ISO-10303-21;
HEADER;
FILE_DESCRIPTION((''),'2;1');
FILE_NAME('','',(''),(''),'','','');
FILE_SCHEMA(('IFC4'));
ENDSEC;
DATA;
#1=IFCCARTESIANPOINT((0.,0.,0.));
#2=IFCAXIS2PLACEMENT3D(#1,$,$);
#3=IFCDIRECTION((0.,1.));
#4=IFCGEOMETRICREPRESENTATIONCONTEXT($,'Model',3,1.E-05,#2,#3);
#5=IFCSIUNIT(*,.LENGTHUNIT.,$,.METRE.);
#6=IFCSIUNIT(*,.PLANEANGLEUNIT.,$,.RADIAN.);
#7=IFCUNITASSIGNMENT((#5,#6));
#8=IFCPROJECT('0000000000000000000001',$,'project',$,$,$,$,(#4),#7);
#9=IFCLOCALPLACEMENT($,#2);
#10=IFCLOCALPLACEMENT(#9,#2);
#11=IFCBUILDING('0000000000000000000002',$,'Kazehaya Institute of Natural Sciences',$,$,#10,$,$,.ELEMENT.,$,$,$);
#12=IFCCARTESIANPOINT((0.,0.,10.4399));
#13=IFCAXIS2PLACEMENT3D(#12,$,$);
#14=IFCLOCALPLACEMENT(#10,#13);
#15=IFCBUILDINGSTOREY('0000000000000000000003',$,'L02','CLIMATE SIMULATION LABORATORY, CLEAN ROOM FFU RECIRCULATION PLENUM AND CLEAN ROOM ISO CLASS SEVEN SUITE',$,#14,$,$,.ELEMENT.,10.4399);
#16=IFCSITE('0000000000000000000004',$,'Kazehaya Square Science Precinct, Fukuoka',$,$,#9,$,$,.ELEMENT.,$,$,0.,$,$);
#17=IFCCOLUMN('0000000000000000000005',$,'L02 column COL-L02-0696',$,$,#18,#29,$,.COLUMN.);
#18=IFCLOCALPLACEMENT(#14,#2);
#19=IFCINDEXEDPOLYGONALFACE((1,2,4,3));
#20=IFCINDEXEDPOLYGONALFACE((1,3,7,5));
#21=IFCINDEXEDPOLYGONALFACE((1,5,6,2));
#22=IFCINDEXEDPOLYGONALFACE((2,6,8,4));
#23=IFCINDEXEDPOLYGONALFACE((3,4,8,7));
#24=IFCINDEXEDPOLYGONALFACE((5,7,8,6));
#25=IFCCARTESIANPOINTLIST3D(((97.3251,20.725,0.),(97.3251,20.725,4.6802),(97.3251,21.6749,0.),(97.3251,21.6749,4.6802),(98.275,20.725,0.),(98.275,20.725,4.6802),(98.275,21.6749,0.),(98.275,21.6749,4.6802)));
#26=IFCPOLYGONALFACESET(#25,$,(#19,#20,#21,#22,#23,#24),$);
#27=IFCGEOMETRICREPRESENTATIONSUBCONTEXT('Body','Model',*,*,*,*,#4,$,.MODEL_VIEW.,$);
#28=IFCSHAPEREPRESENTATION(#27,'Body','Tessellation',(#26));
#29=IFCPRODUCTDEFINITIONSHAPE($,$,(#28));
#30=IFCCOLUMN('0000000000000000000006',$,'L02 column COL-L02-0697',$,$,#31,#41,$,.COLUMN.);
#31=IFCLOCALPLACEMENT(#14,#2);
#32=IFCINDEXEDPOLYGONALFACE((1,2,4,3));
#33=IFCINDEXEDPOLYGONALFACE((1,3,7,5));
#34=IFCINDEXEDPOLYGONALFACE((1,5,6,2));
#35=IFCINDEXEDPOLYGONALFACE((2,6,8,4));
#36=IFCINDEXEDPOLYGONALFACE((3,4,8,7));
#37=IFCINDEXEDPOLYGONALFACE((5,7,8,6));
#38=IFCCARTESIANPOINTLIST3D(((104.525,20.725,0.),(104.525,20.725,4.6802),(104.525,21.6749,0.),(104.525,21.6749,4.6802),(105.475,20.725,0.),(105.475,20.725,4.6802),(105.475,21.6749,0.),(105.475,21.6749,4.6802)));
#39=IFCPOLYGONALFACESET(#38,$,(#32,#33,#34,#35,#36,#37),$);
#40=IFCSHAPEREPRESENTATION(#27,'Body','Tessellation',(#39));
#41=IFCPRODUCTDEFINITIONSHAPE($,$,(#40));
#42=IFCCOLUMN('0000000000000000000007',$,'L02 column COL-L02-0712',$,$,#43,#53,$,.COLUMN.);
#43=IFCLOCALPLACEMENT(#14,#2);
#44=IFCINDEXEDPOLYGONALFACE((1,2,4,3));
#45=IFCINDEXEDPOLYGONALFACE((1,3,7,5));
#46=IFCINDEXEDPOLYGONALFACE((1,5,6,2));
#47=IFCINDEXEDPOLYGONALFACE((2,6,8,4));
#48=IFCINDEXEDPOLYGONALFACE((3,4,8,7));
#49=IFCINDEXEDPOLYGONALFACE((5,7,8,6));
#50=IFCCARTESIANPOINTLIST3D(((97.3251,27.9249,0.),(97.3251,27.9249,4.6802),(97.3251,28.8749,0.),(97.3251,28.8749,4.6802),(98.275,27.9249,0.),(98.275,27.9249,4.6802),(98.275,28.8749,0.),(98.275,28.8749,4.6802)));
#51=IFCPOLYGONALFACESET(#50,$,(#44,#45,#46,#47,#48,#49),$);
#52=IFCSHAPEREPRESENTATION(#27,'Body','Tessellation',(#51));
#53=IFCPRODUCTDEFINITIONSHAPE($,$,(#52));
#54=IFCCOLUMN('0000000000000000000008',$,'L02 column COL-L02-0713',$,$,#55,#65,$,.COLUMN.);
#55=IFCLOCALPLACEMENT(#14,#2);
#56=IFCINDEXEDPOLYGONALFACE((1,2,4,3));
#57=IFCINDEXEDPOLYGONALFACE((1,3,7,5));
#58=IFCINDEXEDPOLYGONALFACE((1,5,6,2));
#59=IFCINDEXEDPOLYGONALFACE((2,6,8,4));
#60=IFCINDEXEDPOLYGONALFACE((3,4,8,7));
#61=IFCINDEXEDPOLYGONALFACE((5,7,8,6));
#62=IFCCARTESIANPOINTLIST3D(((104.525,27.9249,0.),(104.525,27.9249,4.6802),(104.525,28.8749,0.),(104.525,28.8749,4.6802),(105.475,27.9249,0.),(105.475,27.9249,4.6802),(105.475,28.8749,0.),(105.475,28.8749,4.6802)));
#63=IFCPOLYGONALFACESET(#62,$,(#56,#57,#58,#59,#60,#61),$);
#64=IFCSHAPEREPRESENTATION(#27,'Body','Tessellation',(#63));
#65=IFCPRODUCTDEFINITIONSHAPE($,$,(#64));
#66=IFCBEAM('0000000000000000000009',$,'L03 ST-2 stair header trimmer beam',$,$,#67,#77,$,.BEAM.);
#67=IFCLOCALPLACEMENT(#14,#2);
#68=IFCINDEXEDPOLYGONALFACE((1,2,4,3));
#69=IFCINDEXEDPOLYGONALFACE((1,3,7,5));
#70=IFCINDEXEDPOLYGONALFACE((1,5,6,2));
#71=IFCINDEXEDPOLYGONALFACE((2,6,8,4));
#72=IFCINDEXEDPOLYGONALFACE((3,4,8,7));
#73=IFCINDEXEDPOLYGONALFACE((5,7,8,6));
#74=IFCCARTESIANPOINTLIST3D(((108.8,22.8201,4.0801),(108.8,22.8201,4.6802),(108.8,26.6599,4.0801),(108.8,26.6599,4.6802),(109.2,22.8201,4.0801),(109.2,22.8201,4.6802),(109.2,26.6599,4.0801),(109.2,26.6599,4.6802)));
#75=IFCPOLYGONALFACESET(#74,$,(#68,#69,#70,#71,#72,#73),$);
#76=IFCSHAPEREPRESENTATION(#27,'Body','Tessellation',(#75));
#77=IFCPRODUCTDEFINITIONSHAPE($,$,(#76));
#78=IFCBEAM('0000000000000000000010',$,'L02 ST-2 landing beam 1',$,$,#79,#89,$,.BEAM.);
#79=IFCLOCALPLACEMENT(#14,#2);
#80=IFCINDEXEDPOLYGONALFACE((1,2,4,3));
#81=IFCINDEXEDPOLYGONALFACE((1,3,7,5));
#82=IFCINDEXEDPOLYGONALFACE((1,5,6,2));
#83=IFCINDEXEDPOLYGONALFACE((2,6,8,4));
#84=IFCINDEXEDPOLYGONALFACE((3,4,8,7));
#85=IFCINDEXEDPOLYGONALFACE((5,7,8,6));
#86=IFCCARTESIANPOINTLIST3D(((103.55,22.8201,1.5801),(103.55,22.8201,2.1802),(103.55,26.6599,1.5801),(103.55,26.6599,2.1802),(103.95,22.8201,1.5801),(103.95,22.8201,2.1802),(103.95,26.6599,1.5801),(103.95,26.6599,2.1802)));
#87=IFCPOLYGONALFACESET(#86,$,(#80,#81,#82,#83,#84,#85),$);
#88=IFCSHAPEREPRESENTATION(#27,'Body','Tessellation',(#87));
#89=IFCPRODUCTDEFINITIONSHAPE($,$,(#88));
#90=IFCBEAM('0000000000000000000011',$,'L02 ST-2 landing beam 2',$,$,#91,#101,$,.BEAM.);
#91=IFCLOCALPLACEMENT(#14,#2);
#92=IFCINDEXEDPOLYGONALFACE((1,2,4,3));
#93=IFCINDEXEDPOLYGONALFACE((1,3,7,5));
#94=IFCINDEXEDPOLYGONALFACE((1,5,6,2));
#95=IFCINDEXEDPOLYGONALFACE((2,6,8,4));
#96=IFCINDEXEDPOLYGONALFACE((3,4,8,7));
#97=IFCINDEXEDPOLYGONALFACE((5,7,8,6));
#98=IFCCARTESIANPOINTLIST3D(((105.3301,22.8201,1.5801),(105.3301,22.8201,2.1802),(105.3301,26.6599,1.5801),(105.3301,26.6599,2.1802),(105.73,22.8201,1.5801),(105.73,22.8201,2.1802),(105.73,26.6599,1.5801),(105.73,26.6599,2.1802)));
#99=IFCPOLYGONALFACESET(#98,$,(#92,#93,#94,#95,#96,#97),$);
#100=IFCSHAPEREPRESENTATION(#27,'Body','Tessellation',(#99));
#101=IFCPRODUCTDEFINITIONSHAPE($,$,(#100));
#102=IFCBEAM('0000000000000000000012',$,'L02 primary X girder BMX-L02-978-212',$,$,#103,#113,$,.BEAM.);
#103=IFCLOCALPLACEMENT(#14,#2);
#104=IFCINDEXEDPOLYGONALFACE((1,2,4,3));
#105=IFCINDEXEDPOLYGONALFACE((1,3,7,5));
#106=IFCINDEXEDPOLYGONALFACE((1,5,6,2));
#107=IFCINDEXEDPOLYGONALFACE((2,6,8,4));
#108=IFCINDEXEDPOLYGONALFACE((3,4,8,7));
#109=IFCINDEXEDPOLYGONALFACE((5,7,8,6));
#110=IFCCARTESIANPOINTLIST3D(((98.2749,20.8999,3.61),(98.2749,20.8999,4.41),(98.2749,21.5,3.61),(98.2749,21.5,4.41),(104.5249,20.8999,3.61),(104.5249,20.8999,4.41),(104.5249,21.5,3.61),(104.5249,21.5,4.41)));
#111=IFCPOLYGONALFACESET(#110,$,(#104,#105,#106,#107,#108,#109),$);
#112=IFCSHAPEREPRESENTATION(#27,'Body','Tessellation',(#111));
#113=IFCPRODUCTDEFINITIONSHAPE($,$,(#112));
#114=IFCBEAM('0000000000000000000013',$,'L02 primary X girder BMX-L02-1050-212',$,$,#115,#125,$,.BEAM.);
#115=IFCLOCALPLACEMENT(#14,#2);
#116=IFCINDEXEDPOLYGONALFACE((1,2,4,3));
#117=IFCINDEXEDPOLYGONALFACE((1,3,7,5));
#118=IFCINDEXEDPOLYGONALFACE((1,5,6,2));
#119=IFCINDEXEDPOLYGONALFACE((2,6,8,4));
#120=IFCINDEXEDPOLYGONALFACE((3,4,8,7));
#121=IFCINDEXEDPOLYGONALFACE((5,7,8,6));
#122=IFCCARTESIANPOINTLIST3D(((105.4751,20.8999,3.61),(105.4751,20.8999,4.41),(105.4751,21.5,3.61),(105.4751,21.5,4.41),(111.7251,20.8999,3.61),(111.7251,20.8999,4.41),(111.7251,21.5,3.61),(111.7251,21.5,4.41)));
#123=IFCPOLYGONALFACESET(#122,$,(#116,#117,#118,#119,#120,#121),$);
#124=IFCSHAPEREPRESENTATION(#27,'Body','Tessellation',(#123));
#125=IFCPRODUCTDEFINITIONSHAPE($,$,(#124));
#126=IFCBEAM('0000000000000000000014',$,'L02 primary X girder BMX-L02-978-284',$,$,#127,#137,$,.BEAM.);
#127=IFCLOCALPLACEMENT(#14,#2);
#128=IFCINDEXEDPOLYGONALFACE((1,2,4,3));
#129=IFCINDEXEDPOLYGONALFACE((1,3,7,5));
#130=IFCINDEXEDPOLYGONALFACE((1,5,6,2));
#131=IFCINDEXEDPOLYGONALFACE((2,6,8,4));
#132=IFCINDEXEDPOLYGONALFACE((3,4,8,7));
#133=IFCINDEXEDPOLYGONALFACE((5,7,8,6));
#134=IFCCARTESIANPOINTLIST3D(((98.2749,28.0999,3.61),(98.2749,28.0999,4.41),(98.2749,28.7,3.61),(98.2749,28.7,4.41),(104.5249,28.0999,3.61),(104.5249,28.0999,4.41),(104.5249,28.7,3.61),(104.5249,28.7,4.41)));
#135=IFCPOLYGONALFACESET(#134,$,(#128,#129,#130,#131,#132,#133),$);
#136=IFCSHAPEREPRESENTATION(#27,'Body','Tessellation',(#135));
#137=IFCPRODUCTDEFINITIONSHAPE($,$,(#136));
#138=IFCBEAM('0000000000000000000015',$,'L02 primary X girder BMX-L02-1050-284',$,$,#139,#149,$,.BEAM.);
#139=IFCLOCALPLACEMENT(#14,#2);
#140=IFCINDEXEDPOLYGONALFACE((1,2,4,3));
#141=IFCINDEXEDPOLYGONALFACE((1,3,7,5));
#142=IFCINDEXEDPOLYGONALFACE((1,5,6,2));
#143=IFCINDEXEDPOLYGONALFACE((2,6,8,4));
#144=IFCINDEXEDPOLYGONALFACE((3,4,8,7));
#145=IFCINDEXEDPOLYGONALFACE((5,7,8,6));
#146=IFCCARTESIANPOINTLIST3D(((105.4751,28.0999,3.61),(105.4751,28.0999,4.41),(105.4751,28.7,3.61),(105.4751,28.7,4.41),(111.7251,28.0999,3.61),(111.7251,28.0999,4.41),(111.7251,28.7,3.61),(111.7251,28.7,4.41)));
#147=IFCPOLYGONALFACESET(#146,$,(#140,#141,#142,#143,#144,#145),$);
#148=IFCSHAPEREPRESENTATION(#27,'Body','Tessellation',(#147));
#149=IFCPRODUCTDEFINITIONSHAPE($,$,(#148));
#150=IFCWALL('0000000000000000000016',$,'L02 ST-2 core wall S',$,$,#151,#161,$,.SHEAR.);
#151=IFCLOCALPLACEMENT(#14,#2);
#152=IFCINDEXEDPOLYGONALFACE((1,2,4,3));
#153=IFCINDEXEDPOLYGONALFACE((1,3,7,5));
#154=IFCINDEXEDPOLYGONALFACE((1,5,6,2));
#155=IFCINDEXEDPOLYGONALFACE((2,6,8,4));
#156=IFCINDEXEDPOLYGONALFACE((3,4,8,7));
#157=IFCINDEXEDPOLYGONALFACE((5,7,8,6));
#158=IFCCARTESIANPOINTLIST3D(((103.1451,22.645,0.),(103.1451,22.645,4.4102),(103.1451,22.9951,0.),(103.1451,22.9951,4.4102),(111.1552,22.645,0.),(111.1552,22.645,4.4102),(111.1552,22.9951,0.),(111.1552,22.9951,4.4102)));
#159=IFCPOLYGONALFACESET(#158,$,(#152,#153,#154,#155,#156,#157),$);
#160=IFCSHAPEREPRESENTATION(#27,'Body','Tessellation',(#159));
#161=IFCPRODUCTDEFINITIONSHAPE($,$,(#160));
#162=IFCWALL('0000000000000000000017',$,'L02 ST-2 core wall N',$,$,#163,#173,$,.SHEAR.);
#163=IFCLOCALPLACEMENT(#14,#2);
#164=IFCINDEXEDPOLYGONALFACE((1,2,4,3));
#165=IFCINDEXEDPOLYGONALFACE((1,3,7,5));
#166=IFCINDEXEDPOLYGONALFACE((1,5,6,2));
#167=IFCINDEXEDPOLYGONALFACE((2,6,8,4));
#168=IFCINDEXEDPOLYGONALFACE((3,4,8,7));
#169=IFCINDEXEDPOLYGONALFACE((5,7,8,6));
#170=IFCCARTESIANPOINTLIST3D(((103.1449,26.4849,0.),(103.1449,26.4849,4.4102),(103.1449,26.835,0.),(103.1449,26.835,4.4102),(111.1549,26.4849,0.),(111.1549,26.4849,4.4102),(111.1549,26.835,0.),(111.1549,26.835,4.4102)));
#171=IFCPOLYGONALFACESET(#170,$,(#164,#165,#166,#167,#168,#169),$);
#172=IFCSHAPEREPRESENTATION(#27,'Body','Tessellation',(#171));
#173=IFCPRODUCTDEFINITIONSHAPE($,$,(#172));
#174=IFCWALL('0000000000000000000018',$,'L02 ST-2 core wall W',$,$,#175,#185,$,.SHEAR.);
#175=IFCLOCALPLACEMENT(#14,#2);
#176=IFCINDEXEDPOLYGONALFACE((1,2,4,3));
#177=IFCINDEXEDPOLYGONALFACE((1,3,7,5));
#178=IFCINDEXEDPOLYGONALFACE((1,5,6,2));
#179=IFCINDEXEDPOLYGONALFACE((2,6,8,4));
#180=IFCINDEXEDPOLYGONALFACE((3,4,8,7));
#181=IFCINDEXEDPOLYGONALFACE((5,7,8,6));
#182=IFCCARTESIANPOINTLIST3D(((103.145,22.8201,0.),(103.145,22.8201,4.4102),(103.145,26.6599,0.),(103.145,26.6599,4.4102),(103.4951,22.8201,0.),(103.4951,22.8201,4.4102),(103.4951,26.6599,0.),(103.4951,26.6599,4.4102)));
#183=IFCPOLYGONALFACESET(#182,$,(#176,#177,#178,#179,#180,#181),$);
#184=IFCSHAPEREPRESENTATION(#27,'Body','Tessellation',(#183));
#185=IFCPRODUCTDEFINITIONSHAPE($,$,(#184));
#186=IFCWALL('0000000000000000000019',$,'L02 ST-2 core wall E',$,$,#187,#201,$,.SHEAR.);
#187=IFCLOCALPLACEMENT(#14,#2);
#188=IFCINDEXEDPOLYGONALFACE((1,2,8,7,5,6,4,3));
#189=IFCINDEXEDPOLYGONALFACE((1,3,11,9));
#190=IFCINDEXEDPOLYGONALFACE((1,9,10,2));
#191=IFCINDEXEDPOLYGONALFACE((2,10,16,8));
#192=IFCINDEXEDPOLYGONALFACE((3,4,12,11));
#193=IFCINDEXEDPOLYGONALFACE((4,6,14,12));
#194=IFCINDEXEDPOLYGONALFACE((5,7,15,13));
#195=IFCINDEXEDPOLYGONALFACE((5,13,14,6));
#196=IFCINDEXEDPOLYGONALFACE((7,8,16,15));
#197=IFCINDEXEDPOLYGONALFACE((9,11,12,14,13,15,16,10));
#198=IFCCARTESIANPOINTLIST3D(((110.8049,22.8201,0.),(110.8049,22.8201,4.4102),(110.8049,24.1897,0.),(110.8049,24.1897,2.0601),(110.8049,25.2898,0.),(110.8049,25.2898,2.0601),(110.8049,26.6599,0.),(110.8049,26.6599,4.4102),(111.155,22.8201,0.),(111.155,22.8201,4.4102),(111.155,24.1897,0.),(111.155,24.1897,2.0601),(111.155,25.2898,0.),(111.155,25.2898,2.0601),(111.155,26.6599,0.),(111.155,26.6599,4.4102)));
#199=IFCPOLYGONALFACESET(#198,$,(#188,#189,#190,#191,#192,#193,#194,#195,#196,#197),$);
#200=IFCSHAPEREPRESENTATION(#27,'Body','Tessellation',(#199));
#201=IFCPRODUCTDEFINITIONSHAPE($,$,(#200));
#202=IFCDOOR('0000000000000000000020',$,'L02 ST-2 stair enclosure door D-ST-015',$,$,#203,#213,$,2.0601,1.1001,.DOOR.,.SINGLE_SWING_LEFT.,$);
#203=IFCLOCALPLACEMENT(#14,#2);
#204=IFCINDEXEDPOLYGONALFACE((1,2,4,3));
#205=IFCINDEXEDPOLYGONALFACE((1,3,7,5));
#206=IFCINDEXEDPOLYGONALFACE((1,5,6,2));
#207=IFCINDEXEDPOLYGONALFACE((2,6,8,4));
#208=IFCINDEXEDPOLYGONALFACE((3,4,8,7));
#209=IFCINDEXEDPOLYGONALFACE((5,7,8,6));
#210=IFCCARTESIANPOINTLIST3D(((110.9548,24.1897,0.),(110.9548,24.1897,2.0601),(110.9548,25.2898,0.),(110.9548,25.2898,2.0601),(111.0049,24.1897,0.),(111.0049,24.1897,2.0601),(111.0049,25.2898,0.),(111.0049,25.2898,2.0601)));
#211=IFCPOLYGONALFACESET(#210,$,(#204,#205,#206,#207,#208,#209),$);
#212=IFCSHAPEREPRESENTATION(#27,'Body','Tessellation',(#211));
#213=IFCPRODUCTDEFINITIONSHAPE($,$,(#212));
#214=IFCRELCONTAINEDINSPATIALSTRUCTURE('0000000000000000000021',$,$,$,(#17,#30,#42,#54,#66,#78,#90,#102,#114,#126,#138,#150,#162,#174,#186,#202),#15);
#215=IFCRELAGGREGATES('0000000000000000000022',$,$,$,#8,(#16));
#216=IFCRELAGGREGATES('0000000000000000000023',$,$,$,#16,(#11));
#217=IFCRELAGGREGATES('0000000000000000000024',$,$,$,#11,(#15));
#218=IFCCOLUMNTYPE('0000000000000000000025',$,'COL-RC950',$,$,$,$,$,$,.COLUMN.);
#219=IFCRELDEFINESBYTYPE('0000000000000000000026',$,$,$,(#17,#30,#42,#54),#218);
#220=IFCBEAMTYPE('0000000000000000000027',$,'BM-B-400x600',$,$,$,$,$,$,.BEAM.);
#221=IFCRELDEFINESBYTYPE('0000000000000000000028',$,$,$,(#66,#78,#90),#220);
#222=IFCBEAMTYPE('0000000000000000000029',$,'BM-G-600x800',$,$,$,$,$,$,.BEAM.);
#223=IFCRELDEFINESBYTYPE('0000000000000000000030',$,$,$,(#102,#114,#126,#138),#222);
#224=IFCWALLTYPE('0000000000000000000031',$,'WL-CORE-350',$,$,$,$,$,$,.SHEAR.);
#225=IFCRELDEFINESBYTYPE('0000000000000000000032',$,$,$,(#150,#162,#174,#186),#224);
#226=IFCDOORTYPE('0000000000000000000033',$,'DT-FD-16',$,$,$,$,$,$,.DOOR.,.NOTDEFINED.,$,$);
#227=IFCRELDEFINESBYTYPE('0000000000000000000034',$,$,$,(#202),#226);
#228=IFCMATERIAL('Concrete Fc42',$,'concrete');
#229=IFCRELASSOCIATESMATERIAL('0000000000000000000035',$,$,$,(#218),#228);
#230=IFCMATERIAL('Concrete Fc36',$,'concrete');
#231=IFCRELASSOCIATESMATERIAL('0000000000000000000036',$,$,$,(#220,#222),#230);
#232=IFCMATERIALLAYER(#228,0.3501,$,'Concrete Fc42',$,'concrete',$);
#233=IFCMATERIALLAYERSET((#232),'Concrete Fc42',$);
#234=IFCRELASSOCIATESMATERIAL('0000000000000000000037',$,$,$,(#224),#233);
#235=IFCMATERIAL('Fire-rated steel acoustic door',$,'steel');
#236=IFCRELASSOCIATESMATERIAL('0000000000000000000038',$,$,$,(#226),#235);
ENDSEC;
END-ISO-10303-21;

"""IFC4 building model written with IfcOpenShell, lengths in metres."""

from ifc_helpers import new_model, si_unit, direction, frame, frame_2d, origin, origin_2d, place, context, subcontext, project, spatial, rectangle, extrude, material, layer, layer_set, material_profile, profile_set, type_object, element, fill, save


model = new_model("IFC4")

# Units and contexts
model_context = context("Model", 3, precision=1e-05, world=origin(), true_north=direction((0.0, 1.0)))
body_context = subcontext(model_context, "Body", "Model", "MODEL_VIEW")
ifc_project = project(units=[si_unit("LENGTHUNIT", "METRE"), si_unit("PLANEANGLEUNIT", "RADIAN")], contexts=[model_context])

# Site, building, storey
site_placement = place(None, origin())
site = spatial("IfcSite", under=ifc_project, at=site_placement, Name="Kazehaya Square Science Precinct, Fukuoka", CompositionType="ELEMENT", RefElevation=0.0)
building_placement = place(site_placement, origin())
building = spatial("IfcBuilding", under=site, at=building_placement, Name="Kazehaya Institute of Natural Sciences", CompositionType="ELEMENT")
storey_placement = place(building_placement, frame((0.0, 0.0, 10.4399)))
storey = spatial("IfcBuildingStorey", under=building, at=storey_placement, Name="L02", Description="CLIMATE SIMULATION LABORATORY, CLEAN ROOM FFU RECIRCULATION PLENUM AND CLEAN ROOM ISO CLASS SEVEN SUITE", CompositionType="ELEMENT", Elevation=10.4399)

# Columns
ifc_material_1 = material(Name="Concrete Fc42", Category="concrete")
ifc_material_profile_1 = material_profile(ifc_material_1, rectangle(XDim=0.95, YDim=0.95, at=origin_2d()), Name="RC-950x950")
ifc_profile_set_1 = profile_set([ifc_material_profile_1], Name="Concrete Fc42")
column_type = type_object("IfcColumnType", Name="COL-RC950", PredefinedType="COLUMN", material=ifc_profile_set_1)
for number, where, z_axis, x_axis, name in (
    (1, (97.8, 21.2, 0.0), (0.0, 0.0, 1.0), (1.0, 0.0, 0.0), "L02 column COL-L02-0696"),
    (2, (105.0, 21.2, 0.0), (0.0, 0.0, 1.0), (1.0, 0.0, 0.0), "L02 column COL-L02-0697"),
    (3, (97.8, 28.3999, 0.0), (0.0, 0.0, 1.0), (1.0, 0.0, 0.0), "L02 column COL-L02-0712"),
    (4, (105.0, 28.3999, 0.0), (0.0, 0.0, 1.0), (1.0, 0.0, 0.0), "L02 column COL-L02-0713"),
):
    element("IfcColumn", number, at=place(storey_placement, frame(where, z_axis=z_axis, x_axis=x_axis)), inside=storey, type_object=column_type, Name=name, PredefinedType="COLUMN", context=body_context, shape_type="SweptSolid", body=[
        extrude(rectangle(XDim=0.95, YDim=0.95, at=origin_2d()), origin(), (0.0, 0.0, 1.0), 4.6802),
    ])

# Beams
ifc_material_2 = material(Name="Concrete Fc36", Category="concrete")
ifc_material_profile_2 = material_profile(ifc_material_2, rectangle(XDim=0.3999, YDim=0.6001, at=origin_2d()), Name="RC-400x600")
ifc_profile_set_2 = profile_set([ifc_material_profile_2], Name="Concrete Fc36")
beam_type_1 = type_object("IfcBeamType", Name="BM-B-400x600", PredefinedType="BEAM", material=ifc_profile_set_2)
for number, where, z_axis, x_axis, name in (
    (5, (109.0, 22.8201, 4.3801), (0.0, 1.0, 0.0), (-1.0, 0.0, 0.0), "L03 ST-2 stair header trimmer beam"),
    (6, (103.75, 22.8201, 1.8801), (0.0, 1.0, 0.0), (-1.0, 0.0, 0.0), "L02 ST-2 landing beam 1"),
    (7, (105.53, 22.8201, 1.8801), (0.0, 1.0, 0.0), (-1.0, 0.0, 0.0), "L02 ST-2 landing beam 2"),
):
    element("IfcBeam", number, at=place(storey_placement, frame(where, z_axis=z_axis, x_axis=x_axis)), inside=storey, type_object=beam_type_1, Name=name, PredefinedType="BEAM", context=body_context, shape_type="SweptSolid", body=[
        extrude(rectangle(XDim=0.3999, YDim=0.6001, at=origin_2d()), origin(), (0.0, 0.0, 1.0), 3.8398),
    ])
ifc_material_profile_3 = material_profile(ifc_material_2, rectangle(XDim=0.6001, YDim=0.8, at=origin_2d()), Name="RC-600x800")
ifc_profile_set_3 = profile_set([ifc_material_profile_3], Name="Concrete Fc36")
beam_type_2 = type_object("IfcBeamType", Name="BM-G-600x800", PredefinedType="BEAM", material=ifc_profile_set_3)
for number, where, z_axis, x_axis, name in (
    (8, (98.2749, 21.2, 4.01), (1.0, 0.0, 0.0), (0.0, 1.0, 0.0), "L02 primary X girder BMX-L02-978-212"),
    (9, (105.4751, 21.2, 4.01), (1.0, 0.0, 0.0), (0.0, 1.0, 0.0), "L02 primary X girder BMX-L02-1050-212"),
    (10, (98.2749, 28.3999, 4.01), (1.0, 0.0, 0.0), (0.0, 1.0, 0.0), "L02 primary X girder BMX-L02-978-284"),
    (11, (105.4751, 28.3999, 4.01), (1.0, 0.0, 0.0), (0.0, 1.0, 0.0), "L02 primary X girder BMX-L02-1050-284"),
):
    element("IfcBeam", number, at=place(storey_placement, frame(where, z_axis=z_axis, x_axis=x_axis)), inside=storey, type_object=beam_type_2, Name=name, PredefinedType="BEAM", context=body_context, shape_type="SweptSolid", body=[
        extrude(rectangle(XDim=0.6001, YDim=0.8, at=origin_2d()), origin(), (0.0, 0.0, 1.0), 6.25),
    ])

# Walls
ifc_layer_1 = layer(ifc_material_1, 0.3501, Name="Concrete Fc42", Category="concrete")
ifc_layer_set_1 = layer_set([ifc_layer_1], Name="Concrete Fc42")
wall_type_1 = type_object("IfcWallType", Name="WL-CORE-350", PredefinedType="SHEAR", material=ifc_layer_set_1)
for number, where, z_axis, x_axis, name in (
    (12, (111.155, 22.8201, 0.0), (0.0, 0.0, 1.0), (-1.0, 0.0, 0.0), "L02 ST-2 core wall S"),
    (13, (103.145, 26.6599, 0.0), (0.0, 0.0, 1.0), (1.0, 0.0, 0.0), "L02 ST-2 core wall N"),
):
    element("IfcWall", number, at=place(storey_placement, frame(where, z_axis=z_axis, x_axis=x_axis)), inside=storey, type_object=wall_type_1, Name=name, PredefinedType="SHEAR", context=body_context, shape_type="SweptSolid", body=[
        extrude(rectangle(XDim=8.01, YDim=0.3501, at=frame_2d((4.0049, 0.0))), origin(), (0.0, 0.0, 1.0), 4.4102),
    ])
wall_1_placement = place(storey_placement, frame((103.3201, 22.8201, 0.0), z_axis=(0.0, 0.0, 1.0), x_axis=(0.0, 1.0, 0.0)))
element("IfcWall", 14, at=wall_1_placement, inside=storey, type_object=wall_type_1, Name="L02 ST-2 core wall W", PredefinedType="SHEAR", context=body_context, shape_type="SweptSolid", body=[
    extrude(rectangle(XDim=3.8398, YDim=0.3501, at=frame_2d((1.9199, 0.0))), origin(), (0.0, 0.0, 1.0), 4.4102),
])

# Wall, opening, door
wall_2_placement = place(storey_placement, frame((110.98, 26.6599, 0.0), z_axis=(0.0, 0.0, 1.0), x_axis=(0.0, -1.0, 0.0)))
wall_2 = element("IfcWall", 15, at=wall_2_placement, inside=storey, type_object=wall_type_1, Name="L02 ST-2 core wall E", PredefinedType="SHEAR", context=body_context, shape_type="SweptSolid", body=[
    extrude(rectangle(XDim=3.8398, YDim=0.3501, at=frame_2d((1.9199, 0.0))), origin(), (0.0, 0.0, 1.0), 4.4102),
])
opening_1_placement = place(wall_2_placement, frame((1.3701, 0.0, 0.0)))
opening_1 = element("IfcOpeningElement", 16, at=opening_1_placement, cuts=wall_2, PredefinedType="OPENING", context=body_context, shape_type="SweptSolid", body=[
    extrude(rectangle(XDim=1.1001, YDim=2.0601, at=frame_2d((0.55, 1.03))), frame((0.0, 0.1851, 0.0), z_axis=(0.0, -1.0, 0.0), x_axis=(1.0, 0.0, 0.0)), (0.0, 0.0, 1.0), 0.3701),
])
ifc_material_3 = material(Name="Fire-rated steel acoustic door", Category="steel")
door_type_1 = type_object("IfcDoorType", Name="DT-FD-16", OperationType="NOTDEFINED", PredefinedType="DOOR", material=ifc_material_3)
door_1_placement = place(opening_1_placement, origin())
door_1 = element("IfcDoor", 17, at=door_1_placement, inside=storey, type_object=door_type_1, Name="L02 ST-2 stair enclosure door D-ST-015", OperationType="SINGLE_SWING_LEFT", OverallHeight=2.0601, OverallWidth=1.1001, PredefinedType="DOOR", context=body_context, shape_type="SweptSolid", body=[
    extrude(rectangle(XDim=1.1001, YDim=2.0601, at=frame_2d((0.55, 1.03))), frame((0.0, 0.0249, 0.0), z_axis=(0.0, -1.0, 0.0), x_axis=(1.0, 0.0, 0.0)), (0.0, 0.0, 1.0), 0.05),
])
fill(opening_1, door_1)

save(model, "model.ifc")
